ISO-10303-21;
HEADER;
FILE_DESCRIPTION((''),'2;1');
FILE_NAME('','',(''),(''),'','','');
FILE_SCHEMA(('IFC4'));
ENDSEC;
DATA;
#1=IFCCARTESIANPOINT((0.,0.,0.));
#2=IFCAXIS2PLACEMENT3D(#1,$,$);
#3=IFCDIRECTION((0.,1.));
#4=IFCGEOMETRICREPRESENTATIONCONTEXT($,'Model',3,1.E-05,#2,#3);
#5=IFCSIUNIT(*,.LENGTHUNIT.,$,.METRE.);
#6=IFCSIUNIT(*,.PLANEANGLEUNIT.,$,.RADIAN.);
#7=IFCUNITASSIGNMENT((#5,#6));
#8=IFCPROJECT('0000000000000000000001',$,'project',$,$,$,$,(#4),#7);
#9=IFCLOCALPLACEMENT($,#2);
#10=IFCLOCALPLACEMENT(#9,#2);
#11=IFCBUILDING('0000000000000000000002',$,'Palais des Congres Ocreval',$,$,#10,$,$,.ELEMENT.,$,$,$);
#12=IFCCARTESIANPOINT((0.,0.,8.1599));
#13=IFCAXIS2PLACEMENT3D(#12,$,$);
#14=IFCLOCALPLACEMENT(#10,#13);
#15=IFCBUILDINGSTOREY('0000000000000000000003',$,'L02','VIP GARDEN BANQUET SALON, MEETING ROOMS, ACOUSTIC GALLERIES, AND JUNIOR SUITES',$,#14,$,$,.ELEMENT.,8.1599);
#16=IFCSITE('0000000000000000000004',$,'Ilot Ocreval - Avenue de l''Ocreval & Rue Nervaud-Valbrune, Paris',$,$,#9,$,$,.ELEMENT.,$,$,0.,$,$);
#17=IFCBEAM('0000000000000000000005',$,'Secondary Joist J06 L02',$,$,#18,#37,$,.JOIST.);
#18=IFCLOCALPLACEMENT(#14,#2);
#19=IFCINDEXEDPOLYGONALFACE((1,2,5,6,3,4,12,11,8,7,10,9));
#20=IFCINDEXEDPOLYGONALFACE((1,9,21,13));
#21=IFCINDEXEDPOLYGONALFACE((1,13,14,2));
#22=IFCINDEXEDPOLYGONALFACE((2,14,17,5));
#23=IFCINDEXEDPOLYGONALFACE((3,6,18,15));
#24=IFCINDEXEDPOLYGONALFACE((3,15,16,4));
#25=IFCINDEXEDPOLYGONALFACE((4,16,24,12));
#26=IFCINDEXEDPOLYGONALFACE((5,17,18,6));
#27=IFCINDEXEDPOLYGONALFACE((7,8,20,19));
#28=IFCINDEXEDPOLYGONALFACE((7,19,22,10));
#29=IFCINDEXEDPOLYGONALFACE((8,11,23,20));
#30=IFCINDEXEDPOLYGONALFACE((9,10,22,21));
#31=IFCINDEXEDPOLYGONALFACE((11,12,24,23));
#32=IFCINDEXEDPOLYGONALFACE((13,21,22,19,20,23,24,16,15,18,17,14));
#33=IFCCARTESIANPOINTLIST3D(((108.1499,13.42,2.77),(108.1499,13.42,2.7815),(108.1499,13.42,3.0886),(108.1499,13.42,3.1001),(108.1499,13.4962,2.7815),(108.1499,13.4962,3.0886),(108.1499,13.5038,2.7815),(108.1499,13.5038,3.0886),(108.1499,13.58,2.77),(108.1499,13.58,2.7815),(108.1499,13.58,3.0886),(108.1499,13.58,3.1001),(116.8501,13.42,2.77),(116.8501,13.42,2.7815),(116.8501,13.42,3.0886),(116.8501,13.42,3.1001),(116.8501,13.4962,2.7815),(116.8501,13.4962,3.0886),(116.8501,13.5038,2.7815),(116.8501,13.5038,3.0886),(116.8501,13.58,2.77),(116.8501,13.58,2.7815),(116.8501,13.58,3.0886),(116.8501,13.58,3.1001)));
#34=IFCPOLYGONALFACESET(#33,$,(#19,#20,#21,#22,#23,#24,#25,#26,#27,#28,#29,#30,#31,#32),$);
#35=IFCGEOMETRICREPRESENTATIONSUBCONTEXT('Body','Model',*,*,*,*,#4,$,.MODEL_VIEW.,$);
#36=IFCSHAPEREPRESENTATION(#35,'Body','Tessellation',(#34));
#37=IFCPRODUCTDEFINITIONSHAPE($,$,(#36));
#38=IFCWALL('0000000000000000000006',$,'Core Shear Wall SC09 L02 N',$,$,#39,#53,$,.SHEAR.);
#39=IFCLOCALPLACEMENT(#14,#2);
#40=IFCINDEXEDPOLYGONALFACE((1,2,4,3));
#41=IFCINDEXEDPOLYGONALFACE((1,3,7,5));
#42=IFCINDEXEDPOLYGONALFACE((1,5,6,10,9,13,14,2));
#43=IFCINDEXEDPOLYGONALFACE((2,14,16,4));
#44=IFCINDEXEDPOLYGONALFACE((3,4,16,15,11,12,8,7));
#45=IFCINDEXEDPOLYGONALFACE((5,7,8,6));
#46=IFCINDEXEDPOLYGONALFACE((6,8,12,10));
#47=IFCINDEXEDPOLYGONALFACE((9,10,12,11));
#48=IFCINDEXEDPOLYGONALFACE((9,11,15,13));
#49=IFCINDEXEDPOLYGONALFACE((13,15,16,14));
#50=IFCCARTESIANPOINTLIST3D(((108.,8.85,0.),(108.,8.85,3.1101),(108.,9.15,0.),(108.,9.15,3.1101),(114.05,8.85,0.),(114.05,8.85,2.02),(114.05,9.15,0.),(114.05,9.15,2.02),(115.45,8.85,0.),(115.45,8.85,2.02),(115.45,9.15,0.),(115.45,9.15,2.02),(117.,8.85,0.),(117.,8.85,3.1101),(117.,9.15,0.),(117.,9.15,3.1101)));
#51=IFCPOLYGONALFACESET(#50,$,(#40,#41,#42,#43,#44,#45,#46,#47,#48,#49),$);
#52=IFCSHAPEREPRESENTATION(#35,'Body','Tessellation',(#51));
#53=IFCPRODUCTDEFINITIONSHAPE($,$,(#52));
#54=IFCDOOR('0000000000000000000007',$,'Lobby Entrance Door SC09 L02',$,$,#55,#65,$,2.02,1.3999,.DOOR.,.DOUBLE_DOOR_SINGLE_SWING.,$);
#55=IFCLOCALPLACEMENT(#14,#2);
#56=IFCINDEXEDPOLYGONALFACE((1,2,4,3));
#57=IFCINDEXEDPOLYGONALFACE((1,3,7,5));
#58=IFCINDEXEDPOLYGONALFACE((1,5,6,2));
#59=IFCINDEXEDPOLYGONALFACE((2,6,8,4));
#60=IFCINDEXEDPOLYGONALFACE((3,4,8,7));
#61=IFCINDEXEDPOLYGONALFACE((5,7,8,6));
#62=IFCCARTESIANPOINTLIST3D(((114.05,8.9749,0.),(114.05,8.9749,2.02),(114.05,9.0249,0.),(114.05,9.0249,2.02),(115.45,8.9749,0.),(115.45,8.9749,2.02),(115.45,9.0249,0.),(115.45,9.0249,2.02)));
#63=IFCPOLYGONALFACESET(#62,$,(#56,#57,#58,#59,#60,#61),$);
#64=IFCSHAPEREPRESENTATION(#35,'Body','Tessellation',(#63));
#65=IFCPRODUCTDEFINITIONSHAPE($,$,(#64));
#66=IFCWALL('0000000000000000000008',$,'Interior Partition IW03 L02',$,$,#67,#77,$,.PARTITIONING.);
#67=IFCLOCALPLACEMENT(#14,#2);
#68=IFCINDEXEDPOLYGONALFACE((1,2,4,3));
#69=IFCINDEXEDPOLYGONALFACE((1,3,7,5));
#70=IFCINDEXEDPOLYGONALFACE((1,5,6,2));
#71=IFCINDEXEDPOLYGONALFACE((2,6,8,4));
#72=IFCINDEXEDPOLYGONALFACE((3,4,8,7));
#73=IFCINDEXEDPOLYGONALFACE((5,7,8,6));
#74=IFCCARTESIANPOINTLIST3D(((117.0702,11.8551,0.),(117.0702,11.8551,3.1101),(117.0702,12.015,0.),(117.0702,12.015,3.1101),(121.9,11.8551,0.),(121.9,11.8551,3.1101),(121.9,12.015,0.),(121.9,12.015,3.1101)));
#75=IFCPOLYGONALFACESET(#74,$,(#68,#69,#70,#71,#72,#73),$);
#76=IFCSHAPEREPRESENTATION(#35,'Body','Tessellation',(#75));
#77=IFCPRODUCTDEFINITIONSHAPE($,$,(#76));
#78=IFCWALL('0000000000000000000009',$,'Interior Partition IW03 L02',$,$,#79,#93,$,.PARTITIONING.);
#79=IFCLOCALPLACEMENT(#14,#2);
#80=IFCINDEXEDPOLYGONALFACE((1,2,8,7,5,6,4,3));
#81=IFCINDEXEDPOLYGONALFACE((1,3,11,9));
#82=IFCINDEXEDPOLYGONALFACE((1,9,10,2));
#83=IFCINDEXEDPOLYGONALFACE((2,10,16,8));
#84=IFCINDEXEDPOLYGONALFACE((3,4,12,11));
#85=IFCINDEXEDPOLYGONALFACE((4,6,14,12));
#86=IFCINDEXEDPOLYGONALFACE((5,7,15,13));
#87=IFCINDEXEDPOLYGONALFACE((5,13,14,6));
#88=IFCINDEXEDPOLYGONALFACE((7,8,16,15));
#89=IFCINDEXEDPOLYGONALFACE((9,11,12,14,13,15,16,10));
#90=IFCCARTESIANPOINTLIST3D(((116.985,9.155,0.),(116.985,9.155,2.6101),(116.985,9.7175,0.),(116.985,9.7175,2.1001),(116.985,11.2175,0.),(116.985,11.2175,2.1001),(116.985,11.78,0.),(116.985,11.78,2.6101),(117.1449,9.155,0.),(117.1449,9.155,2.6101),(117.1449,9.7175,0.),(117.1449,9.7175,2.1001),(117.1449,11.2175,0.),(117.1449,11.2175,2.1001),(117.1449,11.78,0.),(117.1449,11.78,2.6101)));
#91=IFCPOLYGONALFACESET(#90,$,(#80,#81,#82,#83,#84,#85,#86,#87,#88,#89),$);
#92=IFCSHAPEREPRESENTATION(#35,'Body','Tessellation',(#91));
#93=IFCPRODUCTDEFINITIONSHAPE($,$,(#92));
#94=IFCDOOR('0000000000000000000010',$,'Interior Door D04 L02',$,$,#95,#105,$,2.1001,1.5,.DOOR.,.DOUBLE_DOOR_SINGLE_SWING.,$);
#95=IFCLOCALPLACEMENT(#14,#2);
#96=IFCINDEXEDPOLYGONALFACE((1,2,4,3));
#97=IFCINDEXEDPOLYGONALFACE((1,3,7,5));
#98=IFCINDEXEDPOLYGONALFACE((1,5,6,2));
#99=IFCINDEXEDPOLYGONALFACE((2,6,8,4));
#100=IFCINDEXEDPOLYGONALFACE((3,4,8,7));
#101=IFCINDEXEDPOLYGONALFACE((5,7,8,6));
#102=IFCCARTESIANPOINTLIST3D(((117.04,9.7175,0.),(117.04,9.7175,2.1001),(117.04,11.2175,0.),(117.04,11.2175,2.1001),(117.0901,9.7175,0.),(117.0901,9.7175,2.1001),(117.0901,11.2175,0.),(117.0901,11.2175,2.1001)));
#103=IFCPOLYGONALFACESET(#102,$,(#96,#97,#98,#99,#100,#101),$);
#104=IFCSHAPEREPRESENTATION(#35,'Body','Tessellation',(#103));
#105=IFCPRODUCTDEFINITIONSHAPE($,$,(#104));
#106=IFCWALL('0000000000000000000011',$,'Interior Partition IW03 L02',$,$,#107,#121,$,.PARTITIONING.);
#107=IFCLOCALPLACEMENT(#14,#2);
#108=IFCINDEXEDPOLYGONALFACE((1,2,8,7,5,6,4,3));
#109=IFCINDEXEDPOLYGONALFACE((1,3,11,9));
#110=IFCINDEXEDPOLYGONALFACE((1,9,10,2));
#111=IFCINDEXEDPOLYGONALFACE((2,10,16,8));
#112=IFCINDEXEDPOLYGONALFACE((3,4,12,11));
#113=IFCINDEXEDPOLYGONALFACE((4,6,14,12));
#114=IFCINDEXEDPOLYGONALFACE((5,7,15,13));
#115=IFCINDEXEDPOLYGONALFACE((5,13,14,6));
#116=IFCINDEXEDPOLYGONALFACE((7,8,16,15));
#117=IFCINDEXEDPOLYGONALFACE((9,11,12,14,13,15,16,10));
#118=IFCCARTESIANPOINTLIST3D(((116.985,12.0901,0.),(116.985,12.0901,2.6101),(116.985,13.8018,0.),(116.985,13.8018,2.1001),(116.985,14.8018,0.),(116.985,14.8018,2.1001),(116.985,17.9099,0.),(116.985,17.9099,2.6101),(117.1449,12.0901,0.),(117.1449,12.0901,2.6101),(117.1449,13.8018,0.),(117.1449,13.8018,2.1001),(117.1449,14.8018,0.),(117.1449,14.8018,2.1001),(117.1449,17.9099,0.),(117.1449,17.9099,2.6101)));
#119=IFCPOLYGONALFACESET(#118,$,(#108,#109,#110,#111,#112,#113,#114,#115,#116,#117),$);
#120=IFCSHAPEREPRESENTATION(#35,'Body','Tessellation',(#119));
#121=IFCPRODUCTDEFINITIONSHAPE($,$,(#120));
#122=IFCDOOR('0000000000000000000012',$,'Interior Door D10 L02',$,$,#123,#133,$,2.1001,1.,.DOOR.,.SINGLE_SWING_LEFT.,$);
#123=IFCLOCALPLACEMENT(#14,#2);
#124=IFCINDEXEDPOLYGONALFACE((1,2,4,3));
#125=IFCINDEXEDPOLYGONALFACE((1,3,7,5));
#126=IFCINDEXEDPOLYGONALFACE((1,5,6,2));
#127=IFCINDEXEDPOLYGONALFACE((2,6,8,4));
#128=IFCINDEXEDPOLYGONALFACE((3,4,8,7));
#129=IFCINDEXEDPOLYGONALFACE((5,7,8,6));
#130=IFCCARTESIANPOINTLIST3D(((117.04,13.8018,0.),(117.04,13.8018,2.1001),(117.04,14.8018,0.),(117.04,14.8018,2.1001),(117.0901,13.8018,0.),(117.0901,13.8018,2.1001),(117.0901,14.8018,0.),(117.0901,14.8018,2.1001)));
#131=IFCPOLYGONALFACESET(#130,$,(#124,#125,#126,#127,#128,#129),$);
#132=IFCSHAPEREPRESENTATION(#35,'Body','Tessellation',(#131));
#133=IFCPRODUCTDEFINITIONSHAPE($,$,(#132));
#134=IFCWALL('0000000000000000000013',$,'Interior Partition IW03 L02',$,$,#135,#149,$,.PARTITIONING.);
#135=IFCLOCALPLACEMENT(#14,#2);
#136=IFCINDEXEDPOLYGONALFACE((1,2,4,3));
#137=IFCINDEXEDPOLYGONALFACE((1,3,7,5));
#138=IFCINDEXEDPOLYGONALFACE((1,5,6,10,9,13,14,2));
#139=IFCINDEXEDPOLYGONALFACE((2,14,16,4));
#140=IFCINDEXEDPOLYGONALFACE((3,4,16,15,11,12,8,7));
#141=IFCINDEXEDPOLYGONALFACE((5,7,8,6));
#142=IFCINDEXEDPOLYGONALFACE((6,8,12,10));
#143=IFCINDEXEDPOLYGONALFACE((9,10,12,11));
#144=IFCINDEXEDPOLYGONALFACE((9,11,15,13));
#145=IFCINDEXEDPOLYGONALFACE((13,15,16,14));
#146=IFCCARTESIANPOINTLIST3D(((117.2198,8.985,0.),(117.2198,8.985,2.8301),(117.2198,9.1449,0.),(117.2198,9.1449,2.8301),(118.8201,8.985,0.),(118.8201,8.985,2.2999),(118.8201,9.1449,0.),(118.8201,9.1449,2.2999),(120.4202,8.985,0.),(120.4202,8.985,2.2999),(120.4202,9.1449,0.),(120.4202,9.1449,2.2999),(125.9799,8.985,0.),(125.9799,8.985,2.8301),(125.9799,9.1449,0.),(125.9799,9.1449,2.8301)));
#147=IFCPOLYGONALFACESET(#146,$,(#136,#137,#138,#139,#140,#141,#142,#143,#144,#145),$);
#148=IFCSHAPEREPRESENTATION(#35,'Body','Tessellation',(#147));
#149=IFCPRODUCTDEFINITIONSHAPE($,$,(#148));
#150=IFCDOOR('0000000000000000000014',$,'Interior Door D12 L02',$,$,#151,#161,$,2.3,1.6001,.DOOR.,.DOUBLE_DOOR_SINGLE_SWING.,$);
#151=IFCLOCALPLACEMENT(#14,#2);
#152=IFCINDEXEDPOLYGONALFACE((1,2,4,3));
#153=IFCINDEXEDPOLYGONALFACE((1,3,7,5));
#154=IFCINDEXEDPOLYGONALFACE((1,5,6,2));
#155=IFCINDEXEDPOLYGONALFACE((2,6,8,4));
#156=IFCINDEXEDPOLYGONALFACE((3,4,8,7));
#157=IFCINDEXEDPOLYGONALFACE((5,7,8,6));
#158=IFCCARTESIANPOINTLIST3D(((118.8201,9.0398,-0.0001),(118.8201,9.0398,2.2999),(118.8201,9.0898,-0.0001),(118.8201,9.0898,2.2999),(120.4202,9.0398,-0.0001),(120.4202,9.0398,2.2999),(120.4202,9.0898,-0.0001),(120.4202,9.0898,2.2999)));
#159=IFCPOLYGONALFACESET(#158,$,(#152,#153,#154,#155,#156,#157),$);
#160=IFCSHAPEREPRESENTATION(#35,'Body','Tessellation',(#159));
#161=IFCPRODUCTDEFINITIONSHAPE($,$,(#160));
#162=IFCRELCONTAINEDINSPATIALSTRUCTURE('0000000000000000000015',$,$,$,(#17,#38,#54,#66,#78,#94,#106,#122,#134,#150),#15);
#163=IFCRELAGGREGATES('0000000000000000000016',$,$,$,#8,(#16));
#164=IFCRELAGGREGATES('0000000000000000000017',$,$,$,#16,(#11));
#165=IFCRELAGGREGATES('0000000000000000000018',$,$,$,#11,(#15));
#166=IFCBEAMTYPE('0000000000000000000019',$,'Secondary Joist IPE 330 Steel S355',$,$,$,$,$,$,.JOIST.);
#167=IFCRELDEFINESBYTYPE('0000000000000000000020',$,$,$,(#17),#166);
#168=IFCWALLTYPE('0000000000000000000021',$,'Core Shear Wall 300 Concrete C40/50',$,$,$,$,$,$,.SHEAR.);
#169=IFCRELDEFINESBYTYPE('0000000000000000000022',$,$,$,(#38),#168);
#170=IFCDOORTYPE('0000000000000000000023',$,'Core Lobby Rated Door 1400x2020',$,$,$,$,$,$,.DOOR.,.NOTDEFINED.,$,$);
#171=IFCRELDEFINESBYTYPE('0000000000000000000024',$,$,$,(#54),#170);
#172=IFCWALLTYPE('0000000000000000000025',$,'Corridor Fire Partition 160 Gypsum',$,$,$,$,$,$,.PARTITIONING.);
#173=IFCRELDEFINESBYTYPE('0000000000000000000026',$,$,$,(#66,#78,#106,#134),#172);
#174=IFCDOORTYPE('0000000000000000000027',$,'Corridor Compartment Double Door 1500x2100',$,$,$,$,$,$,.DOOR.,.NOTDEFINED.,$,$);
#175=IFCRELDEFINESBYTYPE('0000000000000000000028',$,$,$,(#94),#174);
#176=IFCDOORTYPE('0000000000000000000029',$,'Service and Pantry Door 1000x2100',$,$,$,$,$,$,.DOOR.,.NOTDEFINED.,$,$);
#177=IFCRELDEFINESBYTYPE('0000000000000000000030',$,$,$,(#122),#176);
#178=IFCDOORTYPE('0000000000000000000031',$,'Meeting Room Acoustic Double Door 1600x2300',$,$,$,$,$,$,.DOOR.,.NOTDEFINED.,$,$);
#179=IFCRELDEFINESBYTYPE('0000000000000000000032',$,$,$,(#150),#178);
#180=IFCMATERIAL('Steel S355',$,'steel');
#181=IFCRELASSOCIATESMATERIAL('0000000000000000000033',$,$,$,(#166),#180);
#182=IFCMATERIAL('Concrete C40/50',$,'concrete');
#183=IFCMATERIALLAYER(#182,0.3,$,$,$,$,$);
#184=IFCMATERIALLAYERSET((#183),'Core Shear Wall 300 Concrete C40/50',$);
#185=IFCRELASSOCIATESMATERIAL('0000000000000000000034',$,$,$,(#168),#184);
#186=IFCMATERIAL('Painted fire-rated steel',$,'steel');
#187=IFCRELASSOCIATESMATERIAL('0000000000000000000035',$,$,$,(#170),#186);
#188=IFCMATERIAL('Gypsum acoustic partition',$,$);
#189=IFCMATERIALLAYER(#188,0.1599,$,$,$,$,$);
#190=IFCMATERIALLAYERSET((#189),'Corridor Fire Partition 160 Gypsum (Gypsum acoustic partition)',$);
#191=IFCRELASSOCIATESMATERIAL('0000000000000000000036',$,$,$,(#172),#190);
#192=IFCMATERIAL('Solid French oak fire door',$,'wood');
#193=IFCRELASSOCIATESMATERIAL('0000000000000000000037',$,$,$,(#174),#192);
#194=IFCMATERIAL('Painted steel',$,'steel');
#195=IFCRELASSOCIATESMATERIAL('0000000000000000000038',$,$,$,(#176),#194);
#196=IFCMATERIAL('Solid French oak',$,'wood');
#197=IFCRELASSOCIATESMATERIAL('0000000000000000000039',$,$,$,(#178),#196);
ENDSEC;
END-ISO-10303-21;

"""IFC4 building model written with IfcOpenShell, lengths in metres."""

from ifc_helpers import new_model, si_unit, direction, frame, frame_2d, origin, origin_2d, place, context, subcontext, project, spatial, rectangle, i_section, extrude, material, layer, layer_set, material_profile, profile_set, type_object, element, fill, save


model = new_model("IFC4")

# Units and contexts
model_context = context("Model", 3, precision=1e-05, world=origin(), true_north=direction((0.0, 1.0)))
body_context = subcontext(model_context, "Body", "Model", "MODEL_VIEW")
ifc_project = project(units=[si_unit("LENGTHUNIT", "METRE"), si_unit("PLANEANGLEUNIT", "RADIAN")], contexts=[model_context])

# Site, building, storey
site_placement = place(None, origin())
site = spatial("IfcSite", under=ifc_project, at=site_placement, Name="Ilot Ocreval - Avenue de l'Ocreval & Rue Nervaud-Valbrune, Paris", CompositionType="ELEMENT", RefElevation=0.0)
building_placement = place(site_placement, origin())
building = spatial("IfcBuilding", under=site, at=building_placement, Name="Palais des Congres Ocreval", CompositionType="ELEMENT")
storey_placement = place(building_placement, frame((0.0, 0.0, 8.1599)))
storey = spatial("IfcBuildingStorey", under=building, at=storey_placement, Name="L02", Description="VIP GARDEN BANQUET SALON, MEETING ROOMS, ACOUSTIC GALLERIES, AND JUNIOR SUITES", CompositionType="ELEMENT", Elevation=8.1599)

# Shared definitions
ifc_material_1 = material(Name="Steel S355", Category="steel")

# Beam
ifc_material_profile_1 = material_profile(ifc_material_1, i_section(OverallWidth=0.1599, OverallDepth=0.3301, WebThickness=0.0076, FlangeThickness=0.0115, at=origin_2d()), Name="IPE 330")
ifc_profile_set_1 = profile_set([ifc_material_profile_1], Name="Steel S355")
beam_type_1 = type_object("IfcBeamType", Name="Secondary Joist IPE 330 Steel S355", PredefinedType="JOIST", material=ifc_profile_set_1)
beam_1_placement = place(storey_placement, frame((108.1499, 13.5, 2.9351), z_axis=(1.0, 0.0, 0.0), x_axis=(0.0, 1.0, 0.0)))
element("IfcBeam", 1, at=beam_1_placement, inside=storey, type_object=beam_type_1, Name="Secondary Joist J06 L02", PredefinedType="JOIST", context=body_context, shape_type="SweptSolid", body=[
    extrude(i_section(OverallWidth=0.1599, OverallDepth=0.3301, WebThickness=0.0076, FlangeThickness=0.0115, at=origin_2d()), origin(), (0.0, 0.0, 1.0), 8.7002),
])

# Wall, opening, door
ifc_material_2 = material(Name="Concrete C40/50", Category="concrete")
ifc_layer_1 = layer(ifc_material_2, 0.3)
ifc_layer_set_1 = layer_set([ifc_layer_1], Name="Core Shear Wall 300 Concrete C40/50")
wall_type_1 = type_object("IfcWallType", Name="Core Shear Wall 300 Concrete C40/50", PredefinedType="SHEAR", material=ifc_layer_set_1)
wall_1_placement = place(storey_placement, frame((108.0, 9.0, 0.0), z_axis=(0.0, 0.0, 1.0), x_axis=(1.0, 0.0, 0.0)))
wall_1 = element("IfcWall", 2, at=wall_1_placement, inside=storey, type_object=wall_type_1, Name="Core Shear Wall SC09 L02 N", PredefinedType="SHEAR", context=body_context, shape_type="SweptSolid", body=[
    extrude(rectangle(XDim=9.0, YDim=0.3, at=frame_2d((4.5, 0.0))), origin(), (0.0, 0.0, 1.0), 3.1101),
])
opening_1_placement = place(wall_1_placement, frame((6.05, 0.0, 0.0)))
opening_1 = element("IfcOpeningElement", 3, at=opening_1_placement, cuts=wall_1, PredefinedType="OPENING", context=body_context, shape_type="SweptSolid", body=[
    extrude(rectangle(XDim=1.3999, YDim=2.02, at=frame_2d((0.7, 1.01))), frame((0.0, 0.1599, 0.0), z_axis=(0.0, -1.0, 0.0), x_axis=(1.0, 0.0, 0.0)), (0.0, 0.0, 1.0), 0.3201),
])
ifc_material_3 = material(Name="Painted fire-rated steel", Category="steel")
door_type_1 = type_object("IfcDoorType", Name="Core Lobby Rated Door 1400x2020", OperationType="NOTDEFINED", PredefinedType="DOOR", material=ifc_material_3)
door_1_placement = place(opening_1_placement, origin())
door_1 = element("IfcDoor", 4, at=door_1_placement, inside=storey, type_object=door_type_1, Name="Lobby Entrance Door SC09 L02", OperationType="DOUBLE_DOOR_SINGLE_SWING", OverallHeight=2.02, OverallWidth=1.3999, PredefinedType="DOOR", context=body_context, shape_type="SweptSolid", body=[
    extrude(rectangle(XDim=1.3999, YDim=2.02, at=frame_2d((0.7, 1.01))), frame((0.0, 0.0249, 0.0), z_axis=(0.0, -1.0, 0.0), x_axis=(1.0, 0.0, 0.0)), (0.0, 0.0, 1.0), 0.05),
])
fill(opening_1, door_1)

# Wall
ifc_material_4 = material(Name="Gypsum acoustic partition")
ifc_layer_2 = layer(ifc_material_4, 0.1599)
ifc_layer_set_2 = layer_set([ifc_layer_2], Name="Corridor Fire Partition 160 Gypsum (Gypsum acoustic partition)")
wall_type_2 = type_object("IfcWallType", Name="Corridor Fire Partition 160 Gypsum", PredefinedType="PARTITIONING", material=ifc_layer_set_2)
wall_2_placement = place(storey_placement, frame((117.0701, 11.9351, 0.0), z_axis=(0.0, 0.0, 1.0), x_axis=(1.0, 0.0, 0.0)))
element("IfcWall", 5, at=wall_2_placement, inside=storey, type_object=wall_type_2, Name="Interior Partition IW03 L02", PredefinedType="PARTITIONING", context=body_context, shape_type="SweptSolid", body=[
    extrude(rectangle(XDim=4.8298, YDim=0.1599, at=frame_2d((2.415, 0.0))), origin(), (0.0, 0.0, 1.0), 3.1101),
])

# Walls, openings, doors
wall_3_placement = place(storey_placement, frame((117.0649, 9.155, 0.0), z_axis=(0.0, 0.0, 1.0), x_axis=(0.0, 1.0, 0.0)))
wall_3 = element("IfcWall", 6, at=wall_3_placement, inside=storey, type_object=wall_type_2, Name="Interior Partition IW03 L02", PredefinedType="PARTITIONING", context=body_context, shape_type="SweptSolid", body=[
    extrude(rectangle(XDim=2.625, YDim=0.1599, at=frame_2d((1.3125, 0.0))), origin(), (0.0, 0.0, 1.0), 2.6101),
])
opening_2_placement = place(wall_3_placement, frame((0.5625, 0.0, 0.0)))
opening_2 = element("IfcOpeningElement", 7, at=opening_2_placement, cuts=wall_3, PredefinedType="OPENING", context=body_context, shape_type="SweptSolid", body=[
    extrude(rectangle(XDim=1.5, YDim=2.1001, at=frame_2d((0.75, 1.05))), frame((0.0, 0.0898, 0.0), z_axis=(0.0, -1.0, 0.0), x_axis=(1.0, 0.0, 0.0)), (0.0, 0.0, 1.0), 0.1799),
])
ifc_material_5 = material(Name="Solid French oak fire door", Category="wood")
door_type_2 = type_object("IfcDoorType", Name="Corridor Compartment Double Door 1500x2100", OperationType="NOTDEFINED", PredefinedType="DOOR", material=ifc_material_5)
door_2_placement = place(opening_2_placement, origin())
door_2 = element("IfcDoor", 8, at=door_2_placement, inside=storey, type_object=door_type_2, Name="Interior Door D04 L02", OperationType="DOUBLE_DOOR_SINGLE_SWING", OverallHeight=2.1001, OverallWidth=1.5, PredefinedType="DOOR", context=body_context, shape_type="SweptSolid", body=[
    extrude(rectangle(XDim=1.5, YDim=2.1001, at=frame_2d((0.75, 1.05))), frame((0.0, 0.0249, 0.0), z_axis=(0.0, -1.0, 0.0), x_axis=(1.0, 0.0, 0.0)), (0.0, 0.0, 1.0), 0.05),
])
fill(opening_2, door_2)
wall_4_placement = place(storey_placement, frame((117.0649, 12.0901, 0.0), z_axis=(0.0, 0.0, 1.0), x_axis=(0.0, 1.0, 0.0)))
wall_4 = element("IfcWall", 9, at=wall_4_placement, inside=storey, type_object=wall_type_2, Name="Interior Partition IW03 L02", PredefinedType="PARTITIONING", context=body_context, shape_type="SweptSolid", body=[
    extrude(rectangle(XDim=5.8198, YDim=0.1599, at=frame_2d((2.9099, 0.0))), origin(), (0.0, 0.0, 1.0), 2.6101),
])
opening_3_placement = place(wall_4_placement, frame((1.7117, 0.0, 0.0)))
opening_3 = element("IfcOpeningElement", 10, at=opening_3_placement, cuts=wall_4, PredefinedType="OPENING", context=body_context, shape_type="SweptSolid", body=[
    extrude(rectangle(XDim=1.0, YDim=2.1001, at=frame_2d((0.5, 1.05))), frame((0.0, 0.0898, 0.0), z_axis=(0.0, -1.0, 0.0), x_axis=(1.0, 0.0, 0.0)), (0.0, 0.0, 1.0), 0.1799),
])
ifc_material_6 = material(Name="Painted steel", Category="steel")
door_type_3 = type_object("IfcDoorType", Name="Service and Pantry Door 1000x2100", OperationType="NOTDEFINED", PredefinedType="DOOR", material=ifc_material_6)
door_3_placement = place(opening_3_placement, origin())
door_3 = element("IfcDoor", 11, at=door_3_placement, inside=storey, type_object=door_type_3, Name="Interior Door D10 L02", OperationType="SINGLE_SWING_LEFT", OverallHeight=2.1001, OverallWidth=1.0, PredefinedType="DOOR", context=body_context, shape_type="SweptSolid", body=[
    extrude(rectangle(XDim=1.0, YDim=2.1001, at=frame_2d((0.5, 1.05))), frame((0.0, 0.0249, 0.0), z_axis=(0.0, -1.0, 0.0), x_axis=(1.0, 0.0, 0.0)), (0.0, 0.0, 1.0), 0.05),
])
fill(opening_3, door_3)
wall_5_placement = place(storey_placement, frame((117.22, 9.0649, 0.0), z_axis=(0.0, 0.0, 1.0), x_axis=(1.0, 0.0, 0.0)))
wall_5 = element("IfcWall", 12, at=wall_5_placement, inside=storey, type_object=wall_type_2, Name="Interior Partition IW03 L02", PredefinedType="PARTITIONING", context=body_context, shape_type="SweptSolid", body=[
    extrude(rectangle(XDim=8.76, YDim=0.1599, at=frame_2d((4.3799, 0.0))), origin(), (0.0, 0.0, 1.0), 2.8301),
])
opening_4_placement = place(wall_5_placement, frame((1.6001, 0.0, 0.0)))
opening_4 = element("IfcOpeningElement", 13, at=opening_4_placement, cuts=wall_5, PredefinedType="OPENING", context=body_context, shape_type="SweptSolid", body=[
    extrude(rectangle(XDim=1.6001, YDim=2.3, at=frame_2d((0.8, 1.1499))), frame((0.0, 0.0898, 0.0), z_axis=(0.0, -1.0, 0.0), x_axis=(1.0, 0.0, 0.0)), (0.0, 0.0, 1.0), 0.1799),
])
ifc_material_7 = material(Name="Solid French oak", Category="wood")
door_type_4 = type_object("IfcDoorType", Name="Meeting Room Acoustic Double Door 1600x2300", OperationType="NOTDEFINED", PredefinedType="DOOR", material=ifc_material_7)
door_4_placement = place(opening_4_placement, origin())
door_4 = element("IfcDoor", 14, at=door_4_placement, inside=storey, type_object=door_type_4, Name="Interior Door D12 L02", OperationType="DOUBLE_DOOR_SINGLE_SWING", OverallHeight=2.3, OverallWidth=1.6001, PredefinedType="DOOR", context=body_context, shape_type="SweptSolid", body=[
    extrude(rectangle(XDim=1.6001, YDim=2.3, at=frame_2d((0.8, 1.1499))), frame((0.0, 0.0249, 0.0), z_axis=(0.0, -1.0, 0.0), x_axis=(1.0, 0.0, 0.0)), (0.0, 0.0, 1.0), 0.05),
])
fill(opening_4, door_4)

save(model, "model.ifc")
